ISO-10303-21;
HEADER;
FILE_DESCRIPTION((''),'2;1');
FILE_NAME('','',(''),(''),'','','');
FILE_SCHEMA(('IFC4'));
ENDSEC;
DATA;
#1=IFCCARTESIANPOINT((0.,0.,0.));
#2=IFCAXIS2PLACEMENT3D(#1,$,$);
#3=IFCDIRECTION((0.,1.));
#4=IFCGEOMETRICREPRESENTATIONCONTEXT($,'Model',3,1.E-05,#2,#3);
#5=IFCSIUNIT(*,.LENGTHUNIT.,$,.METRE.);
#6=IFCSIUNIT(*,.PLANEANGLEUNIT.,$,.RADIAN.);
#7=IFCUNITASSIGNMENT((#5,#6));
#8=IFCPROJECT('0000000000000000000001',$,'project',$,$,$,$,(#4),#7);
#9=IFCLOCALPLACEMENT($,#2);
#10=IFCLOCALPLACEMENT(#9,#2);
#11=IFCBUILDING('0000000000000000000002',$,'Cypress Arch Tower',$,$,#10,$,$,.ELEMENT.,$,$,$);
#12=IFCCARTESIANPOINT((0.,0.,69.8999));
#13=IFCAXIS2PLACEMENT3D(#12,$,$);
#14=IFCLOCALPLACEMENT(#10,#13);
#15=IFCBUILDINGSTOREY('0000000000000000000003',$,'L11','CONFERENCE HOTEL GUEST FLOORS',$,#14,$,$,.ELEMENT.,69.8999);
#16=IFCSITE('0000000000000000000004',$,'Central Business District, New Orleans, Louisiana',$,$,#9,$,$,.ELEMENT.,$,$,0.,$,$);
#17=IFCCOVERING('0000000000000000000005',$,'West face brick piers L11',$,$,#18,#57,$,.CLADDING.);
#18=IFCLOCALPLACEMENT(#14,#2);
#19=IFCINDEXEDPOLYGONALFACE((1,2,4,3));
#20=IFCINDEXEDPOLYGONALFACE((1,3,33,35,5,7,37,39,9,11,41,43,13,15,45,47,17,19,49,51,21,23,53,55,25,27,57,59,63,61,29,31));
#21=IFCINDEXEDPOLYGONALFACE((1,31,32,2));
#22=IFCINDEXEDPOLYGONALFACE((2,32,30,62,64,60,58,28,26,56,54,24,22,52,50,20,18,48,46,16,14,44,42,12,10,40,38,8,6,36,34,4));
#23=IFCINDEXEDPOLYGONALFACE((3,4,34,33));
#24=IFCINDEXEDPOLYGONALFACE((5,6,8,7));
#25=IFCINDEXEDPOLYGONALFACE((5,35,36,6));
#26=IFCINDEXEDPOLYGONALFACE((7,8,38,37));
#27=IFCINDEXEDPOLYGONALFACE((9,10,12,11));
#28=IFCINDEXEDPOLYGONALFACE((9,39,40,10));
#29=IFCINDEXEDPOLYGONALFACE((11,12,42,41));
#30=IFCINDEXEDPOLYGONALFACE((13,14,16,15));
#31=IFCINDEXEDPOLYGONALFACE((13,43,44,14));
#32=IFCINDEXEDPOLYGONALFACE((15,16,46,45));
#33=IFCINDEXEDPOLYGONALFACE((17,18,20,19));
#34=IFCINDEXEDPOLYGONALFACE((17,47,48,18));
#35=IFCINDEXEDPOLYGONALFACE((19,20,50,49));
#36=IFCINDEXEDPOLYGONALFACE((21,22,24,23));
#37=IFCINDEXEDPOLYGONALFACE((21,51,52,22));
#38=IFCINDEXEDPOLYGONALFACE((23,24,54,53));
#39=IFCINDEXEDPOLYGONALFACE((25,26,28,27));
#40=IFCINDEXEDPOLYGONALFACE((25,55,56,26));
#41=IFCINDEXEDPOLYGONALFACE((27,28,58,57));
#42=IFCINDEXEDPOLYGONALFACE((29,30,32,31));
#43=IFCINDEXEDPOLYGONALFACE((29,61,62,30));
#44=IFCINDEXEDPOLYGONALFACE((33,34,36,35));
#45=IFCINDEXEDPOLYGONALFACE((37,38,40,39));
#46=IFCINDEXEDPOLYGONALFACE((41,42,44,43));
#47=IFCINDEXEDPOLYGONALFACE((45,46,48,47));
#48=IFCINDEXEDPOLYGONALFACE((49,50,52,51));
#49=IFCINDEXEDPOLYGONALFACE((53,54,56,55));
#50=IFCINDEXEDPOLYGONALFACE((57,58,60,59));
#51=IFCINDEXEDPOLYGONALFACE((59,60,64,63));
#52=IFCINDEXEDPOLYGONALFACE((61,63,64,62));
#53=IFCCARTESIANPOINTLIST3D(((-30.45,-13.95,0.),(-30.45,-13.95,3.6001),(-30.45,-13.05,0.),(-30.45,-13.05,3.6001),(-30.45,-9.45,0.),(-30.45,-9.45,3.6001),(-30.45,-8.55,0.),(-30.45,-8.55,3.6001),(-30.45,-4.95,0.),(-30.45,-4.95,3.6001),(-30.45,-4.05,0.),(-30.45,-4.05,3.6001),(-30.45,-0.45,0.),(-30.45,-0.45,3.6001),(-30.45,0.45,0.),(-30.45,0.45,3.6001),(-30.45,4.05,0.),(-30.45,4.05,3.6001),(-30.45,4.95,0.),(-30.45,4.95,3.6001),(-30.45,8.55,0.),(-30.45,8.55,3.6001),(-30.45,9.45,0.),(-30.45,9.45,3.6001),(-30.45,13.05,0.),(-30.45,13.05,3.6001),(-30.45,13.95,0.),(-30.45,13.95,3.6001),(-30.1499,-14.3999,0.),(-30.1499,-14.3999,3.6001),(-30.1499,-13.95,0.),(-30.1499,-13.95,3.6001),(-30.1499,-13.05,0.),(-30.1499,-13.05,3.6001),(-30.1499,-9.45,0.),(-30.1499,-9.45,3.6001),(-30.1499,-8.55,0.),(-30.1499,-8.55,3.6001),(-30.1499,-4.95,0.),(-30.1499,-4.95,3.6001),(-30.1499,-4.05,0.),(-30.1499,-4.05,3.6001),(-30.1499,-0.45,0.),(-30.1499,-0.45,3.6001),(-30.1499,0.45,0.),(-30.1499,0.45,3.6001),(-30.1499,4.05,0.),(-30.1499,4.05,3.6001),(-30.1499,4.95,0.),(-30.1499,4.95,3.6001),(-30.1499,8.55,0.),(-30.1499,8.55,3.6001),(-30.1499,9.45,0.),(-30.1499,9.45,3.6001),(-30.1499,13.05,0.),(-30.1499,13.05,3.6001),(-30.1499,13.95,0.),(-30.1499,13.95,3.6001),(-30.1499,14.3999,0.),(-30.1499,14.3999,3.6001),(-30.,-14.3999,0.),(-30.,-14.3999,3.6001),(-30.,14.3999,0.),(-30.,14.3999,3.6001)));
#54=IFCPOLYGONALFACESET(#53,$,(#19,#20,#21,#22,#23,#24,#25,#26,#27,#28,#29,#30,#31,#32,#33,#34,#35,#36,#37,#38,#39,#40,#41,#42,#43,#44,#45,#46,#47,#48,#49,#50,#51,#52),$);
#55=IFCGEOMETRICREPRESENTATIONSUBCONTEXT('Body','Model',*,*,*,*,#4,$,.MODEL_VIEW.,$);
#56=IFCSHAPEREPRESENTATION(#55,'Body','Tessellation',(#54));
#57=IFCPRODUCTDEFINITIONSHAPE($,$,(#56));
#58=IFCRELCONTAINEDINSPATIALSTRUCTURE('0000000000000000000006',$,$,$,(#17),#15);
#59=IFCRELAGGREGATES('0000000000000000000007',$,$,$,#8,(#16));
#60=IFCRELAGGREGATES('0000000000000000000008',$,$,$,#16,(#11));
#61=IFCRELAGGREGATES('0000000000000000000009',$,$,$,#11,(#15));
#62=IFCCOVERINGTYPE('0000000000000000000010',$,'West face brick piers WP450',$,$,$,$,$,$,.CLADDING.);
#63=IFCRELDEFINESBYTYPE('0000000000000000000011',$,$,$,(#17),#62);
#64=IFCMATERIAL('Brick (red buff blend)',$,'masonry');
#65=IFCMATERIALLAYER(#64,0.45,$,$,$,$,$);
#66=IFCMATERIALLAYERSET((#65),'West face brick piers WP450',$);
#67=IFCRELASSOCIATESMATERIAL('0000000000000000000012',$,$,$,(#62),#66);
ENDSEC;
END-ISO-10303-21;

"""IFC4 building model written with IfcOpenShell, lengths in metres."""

from ifc_helpers import new_model, si_unit, direction, frame, origin, place, context, subcontext, project, spatial, polyline, outline, extrude, material, layer, layer_set, type_object, element, save


model = new_model("IFC4")

# Units and contexts
model_context = context("Model", 3, precision=1e-05, world=origin(), true_north=direction((0.0, 1.0)))
body_context = subcontext(model_context, "Body", "Model", "MODEL_VIEW")
ifc_project = project(units=[si_unit("LENGTHUNIT", "METRE"), si_unit("PLANEANGLEUNIT", "RADIAN")], contexts=[model_context])

# Site, building, storey
site_placement = place(None, origin())
site = spatial("IfcSite", under=ifc_project, at=site_placement, Name="Central Business District, New Orleans, Louisiana", CompositionType="ELEMENT", RefElevation=0.0)
building_placement = place(site_placement, origin())
building = spatial("IfcBuilding", under=site, at=building_placement, Name="Cypress Arch Tower", CompositionType="ELEMENT")
storey_placement = place(building_placement, frame((0.0, 0.0, 69.8999)))
storey = spatial("IfcBuildingStorey", under=building, at=storey_placement, Name="L11", Description="CONFERENCE HOTEL GUEST FLOORS", CompositionType="ELEMENT", Elevation=69.8999)

# Covering
ifc_material_1 = material(Name="Brick (red buff blend)", Category="masonry")
ifc_layer_1 = layer(ifc_material_1, 0.45)
ifc_layer_set_1 = layer_set([ifc_layer_1], Name="West face brick piers WP450")
covering_type_1 = type_object("IfcCoveringType", Name="West face brick piers WP450", PredefinedType="CLADDING", material=ifc_layer_set_1)
covering_1_placement = place(storey_placement, origin())
element("IfcCovering", 1, at=covering_1_placement, inside=storey, type_object=covering_type_1, Name="West face brick piers L11", PredefinedType="CLADDING", context=body_context, shape_type="SweptSolid", body=[
    extrude(outline(polyline([(-30.1499, -13.05), (-30.1499, -9.45), (-30.45, -9.45), (-30.45, -8.55), (-30.1499, -8.55), (-30.1499, -4.95), (-30.45, -4.95), (-30.45, -4.05), (-30.1499, -4.05), (-30.1499, -0.45), (-30.45, -0.45), (-30.45, 0.45), (-30.1499, 0.45), (-30.1499, 4.05), (-30.45, 4.05), (-30.45, 4.95), (-30.1499, 4.95), (-30.1499, 8.55), (-30.45, 8.55), (-30.45, 9.45), (-30.1499, 9.45), (-30.1499, 13.05), (-30.45, 13.05), (-30.45, 13.95), (-30.1499, 13.95), (-30.1499, 14.3999), (-30.0, 14.3999), (-30.0, -14.3999), (-30.1499, -14.3999), (-30.1499, -13.95), (-30.45, -13.95), (-30.45, -13.05), (-30.1499, -13.05)])), origin(), (0.0, 0.0, 1.0), 3.6001),
])

save(model, "model.ifc")
